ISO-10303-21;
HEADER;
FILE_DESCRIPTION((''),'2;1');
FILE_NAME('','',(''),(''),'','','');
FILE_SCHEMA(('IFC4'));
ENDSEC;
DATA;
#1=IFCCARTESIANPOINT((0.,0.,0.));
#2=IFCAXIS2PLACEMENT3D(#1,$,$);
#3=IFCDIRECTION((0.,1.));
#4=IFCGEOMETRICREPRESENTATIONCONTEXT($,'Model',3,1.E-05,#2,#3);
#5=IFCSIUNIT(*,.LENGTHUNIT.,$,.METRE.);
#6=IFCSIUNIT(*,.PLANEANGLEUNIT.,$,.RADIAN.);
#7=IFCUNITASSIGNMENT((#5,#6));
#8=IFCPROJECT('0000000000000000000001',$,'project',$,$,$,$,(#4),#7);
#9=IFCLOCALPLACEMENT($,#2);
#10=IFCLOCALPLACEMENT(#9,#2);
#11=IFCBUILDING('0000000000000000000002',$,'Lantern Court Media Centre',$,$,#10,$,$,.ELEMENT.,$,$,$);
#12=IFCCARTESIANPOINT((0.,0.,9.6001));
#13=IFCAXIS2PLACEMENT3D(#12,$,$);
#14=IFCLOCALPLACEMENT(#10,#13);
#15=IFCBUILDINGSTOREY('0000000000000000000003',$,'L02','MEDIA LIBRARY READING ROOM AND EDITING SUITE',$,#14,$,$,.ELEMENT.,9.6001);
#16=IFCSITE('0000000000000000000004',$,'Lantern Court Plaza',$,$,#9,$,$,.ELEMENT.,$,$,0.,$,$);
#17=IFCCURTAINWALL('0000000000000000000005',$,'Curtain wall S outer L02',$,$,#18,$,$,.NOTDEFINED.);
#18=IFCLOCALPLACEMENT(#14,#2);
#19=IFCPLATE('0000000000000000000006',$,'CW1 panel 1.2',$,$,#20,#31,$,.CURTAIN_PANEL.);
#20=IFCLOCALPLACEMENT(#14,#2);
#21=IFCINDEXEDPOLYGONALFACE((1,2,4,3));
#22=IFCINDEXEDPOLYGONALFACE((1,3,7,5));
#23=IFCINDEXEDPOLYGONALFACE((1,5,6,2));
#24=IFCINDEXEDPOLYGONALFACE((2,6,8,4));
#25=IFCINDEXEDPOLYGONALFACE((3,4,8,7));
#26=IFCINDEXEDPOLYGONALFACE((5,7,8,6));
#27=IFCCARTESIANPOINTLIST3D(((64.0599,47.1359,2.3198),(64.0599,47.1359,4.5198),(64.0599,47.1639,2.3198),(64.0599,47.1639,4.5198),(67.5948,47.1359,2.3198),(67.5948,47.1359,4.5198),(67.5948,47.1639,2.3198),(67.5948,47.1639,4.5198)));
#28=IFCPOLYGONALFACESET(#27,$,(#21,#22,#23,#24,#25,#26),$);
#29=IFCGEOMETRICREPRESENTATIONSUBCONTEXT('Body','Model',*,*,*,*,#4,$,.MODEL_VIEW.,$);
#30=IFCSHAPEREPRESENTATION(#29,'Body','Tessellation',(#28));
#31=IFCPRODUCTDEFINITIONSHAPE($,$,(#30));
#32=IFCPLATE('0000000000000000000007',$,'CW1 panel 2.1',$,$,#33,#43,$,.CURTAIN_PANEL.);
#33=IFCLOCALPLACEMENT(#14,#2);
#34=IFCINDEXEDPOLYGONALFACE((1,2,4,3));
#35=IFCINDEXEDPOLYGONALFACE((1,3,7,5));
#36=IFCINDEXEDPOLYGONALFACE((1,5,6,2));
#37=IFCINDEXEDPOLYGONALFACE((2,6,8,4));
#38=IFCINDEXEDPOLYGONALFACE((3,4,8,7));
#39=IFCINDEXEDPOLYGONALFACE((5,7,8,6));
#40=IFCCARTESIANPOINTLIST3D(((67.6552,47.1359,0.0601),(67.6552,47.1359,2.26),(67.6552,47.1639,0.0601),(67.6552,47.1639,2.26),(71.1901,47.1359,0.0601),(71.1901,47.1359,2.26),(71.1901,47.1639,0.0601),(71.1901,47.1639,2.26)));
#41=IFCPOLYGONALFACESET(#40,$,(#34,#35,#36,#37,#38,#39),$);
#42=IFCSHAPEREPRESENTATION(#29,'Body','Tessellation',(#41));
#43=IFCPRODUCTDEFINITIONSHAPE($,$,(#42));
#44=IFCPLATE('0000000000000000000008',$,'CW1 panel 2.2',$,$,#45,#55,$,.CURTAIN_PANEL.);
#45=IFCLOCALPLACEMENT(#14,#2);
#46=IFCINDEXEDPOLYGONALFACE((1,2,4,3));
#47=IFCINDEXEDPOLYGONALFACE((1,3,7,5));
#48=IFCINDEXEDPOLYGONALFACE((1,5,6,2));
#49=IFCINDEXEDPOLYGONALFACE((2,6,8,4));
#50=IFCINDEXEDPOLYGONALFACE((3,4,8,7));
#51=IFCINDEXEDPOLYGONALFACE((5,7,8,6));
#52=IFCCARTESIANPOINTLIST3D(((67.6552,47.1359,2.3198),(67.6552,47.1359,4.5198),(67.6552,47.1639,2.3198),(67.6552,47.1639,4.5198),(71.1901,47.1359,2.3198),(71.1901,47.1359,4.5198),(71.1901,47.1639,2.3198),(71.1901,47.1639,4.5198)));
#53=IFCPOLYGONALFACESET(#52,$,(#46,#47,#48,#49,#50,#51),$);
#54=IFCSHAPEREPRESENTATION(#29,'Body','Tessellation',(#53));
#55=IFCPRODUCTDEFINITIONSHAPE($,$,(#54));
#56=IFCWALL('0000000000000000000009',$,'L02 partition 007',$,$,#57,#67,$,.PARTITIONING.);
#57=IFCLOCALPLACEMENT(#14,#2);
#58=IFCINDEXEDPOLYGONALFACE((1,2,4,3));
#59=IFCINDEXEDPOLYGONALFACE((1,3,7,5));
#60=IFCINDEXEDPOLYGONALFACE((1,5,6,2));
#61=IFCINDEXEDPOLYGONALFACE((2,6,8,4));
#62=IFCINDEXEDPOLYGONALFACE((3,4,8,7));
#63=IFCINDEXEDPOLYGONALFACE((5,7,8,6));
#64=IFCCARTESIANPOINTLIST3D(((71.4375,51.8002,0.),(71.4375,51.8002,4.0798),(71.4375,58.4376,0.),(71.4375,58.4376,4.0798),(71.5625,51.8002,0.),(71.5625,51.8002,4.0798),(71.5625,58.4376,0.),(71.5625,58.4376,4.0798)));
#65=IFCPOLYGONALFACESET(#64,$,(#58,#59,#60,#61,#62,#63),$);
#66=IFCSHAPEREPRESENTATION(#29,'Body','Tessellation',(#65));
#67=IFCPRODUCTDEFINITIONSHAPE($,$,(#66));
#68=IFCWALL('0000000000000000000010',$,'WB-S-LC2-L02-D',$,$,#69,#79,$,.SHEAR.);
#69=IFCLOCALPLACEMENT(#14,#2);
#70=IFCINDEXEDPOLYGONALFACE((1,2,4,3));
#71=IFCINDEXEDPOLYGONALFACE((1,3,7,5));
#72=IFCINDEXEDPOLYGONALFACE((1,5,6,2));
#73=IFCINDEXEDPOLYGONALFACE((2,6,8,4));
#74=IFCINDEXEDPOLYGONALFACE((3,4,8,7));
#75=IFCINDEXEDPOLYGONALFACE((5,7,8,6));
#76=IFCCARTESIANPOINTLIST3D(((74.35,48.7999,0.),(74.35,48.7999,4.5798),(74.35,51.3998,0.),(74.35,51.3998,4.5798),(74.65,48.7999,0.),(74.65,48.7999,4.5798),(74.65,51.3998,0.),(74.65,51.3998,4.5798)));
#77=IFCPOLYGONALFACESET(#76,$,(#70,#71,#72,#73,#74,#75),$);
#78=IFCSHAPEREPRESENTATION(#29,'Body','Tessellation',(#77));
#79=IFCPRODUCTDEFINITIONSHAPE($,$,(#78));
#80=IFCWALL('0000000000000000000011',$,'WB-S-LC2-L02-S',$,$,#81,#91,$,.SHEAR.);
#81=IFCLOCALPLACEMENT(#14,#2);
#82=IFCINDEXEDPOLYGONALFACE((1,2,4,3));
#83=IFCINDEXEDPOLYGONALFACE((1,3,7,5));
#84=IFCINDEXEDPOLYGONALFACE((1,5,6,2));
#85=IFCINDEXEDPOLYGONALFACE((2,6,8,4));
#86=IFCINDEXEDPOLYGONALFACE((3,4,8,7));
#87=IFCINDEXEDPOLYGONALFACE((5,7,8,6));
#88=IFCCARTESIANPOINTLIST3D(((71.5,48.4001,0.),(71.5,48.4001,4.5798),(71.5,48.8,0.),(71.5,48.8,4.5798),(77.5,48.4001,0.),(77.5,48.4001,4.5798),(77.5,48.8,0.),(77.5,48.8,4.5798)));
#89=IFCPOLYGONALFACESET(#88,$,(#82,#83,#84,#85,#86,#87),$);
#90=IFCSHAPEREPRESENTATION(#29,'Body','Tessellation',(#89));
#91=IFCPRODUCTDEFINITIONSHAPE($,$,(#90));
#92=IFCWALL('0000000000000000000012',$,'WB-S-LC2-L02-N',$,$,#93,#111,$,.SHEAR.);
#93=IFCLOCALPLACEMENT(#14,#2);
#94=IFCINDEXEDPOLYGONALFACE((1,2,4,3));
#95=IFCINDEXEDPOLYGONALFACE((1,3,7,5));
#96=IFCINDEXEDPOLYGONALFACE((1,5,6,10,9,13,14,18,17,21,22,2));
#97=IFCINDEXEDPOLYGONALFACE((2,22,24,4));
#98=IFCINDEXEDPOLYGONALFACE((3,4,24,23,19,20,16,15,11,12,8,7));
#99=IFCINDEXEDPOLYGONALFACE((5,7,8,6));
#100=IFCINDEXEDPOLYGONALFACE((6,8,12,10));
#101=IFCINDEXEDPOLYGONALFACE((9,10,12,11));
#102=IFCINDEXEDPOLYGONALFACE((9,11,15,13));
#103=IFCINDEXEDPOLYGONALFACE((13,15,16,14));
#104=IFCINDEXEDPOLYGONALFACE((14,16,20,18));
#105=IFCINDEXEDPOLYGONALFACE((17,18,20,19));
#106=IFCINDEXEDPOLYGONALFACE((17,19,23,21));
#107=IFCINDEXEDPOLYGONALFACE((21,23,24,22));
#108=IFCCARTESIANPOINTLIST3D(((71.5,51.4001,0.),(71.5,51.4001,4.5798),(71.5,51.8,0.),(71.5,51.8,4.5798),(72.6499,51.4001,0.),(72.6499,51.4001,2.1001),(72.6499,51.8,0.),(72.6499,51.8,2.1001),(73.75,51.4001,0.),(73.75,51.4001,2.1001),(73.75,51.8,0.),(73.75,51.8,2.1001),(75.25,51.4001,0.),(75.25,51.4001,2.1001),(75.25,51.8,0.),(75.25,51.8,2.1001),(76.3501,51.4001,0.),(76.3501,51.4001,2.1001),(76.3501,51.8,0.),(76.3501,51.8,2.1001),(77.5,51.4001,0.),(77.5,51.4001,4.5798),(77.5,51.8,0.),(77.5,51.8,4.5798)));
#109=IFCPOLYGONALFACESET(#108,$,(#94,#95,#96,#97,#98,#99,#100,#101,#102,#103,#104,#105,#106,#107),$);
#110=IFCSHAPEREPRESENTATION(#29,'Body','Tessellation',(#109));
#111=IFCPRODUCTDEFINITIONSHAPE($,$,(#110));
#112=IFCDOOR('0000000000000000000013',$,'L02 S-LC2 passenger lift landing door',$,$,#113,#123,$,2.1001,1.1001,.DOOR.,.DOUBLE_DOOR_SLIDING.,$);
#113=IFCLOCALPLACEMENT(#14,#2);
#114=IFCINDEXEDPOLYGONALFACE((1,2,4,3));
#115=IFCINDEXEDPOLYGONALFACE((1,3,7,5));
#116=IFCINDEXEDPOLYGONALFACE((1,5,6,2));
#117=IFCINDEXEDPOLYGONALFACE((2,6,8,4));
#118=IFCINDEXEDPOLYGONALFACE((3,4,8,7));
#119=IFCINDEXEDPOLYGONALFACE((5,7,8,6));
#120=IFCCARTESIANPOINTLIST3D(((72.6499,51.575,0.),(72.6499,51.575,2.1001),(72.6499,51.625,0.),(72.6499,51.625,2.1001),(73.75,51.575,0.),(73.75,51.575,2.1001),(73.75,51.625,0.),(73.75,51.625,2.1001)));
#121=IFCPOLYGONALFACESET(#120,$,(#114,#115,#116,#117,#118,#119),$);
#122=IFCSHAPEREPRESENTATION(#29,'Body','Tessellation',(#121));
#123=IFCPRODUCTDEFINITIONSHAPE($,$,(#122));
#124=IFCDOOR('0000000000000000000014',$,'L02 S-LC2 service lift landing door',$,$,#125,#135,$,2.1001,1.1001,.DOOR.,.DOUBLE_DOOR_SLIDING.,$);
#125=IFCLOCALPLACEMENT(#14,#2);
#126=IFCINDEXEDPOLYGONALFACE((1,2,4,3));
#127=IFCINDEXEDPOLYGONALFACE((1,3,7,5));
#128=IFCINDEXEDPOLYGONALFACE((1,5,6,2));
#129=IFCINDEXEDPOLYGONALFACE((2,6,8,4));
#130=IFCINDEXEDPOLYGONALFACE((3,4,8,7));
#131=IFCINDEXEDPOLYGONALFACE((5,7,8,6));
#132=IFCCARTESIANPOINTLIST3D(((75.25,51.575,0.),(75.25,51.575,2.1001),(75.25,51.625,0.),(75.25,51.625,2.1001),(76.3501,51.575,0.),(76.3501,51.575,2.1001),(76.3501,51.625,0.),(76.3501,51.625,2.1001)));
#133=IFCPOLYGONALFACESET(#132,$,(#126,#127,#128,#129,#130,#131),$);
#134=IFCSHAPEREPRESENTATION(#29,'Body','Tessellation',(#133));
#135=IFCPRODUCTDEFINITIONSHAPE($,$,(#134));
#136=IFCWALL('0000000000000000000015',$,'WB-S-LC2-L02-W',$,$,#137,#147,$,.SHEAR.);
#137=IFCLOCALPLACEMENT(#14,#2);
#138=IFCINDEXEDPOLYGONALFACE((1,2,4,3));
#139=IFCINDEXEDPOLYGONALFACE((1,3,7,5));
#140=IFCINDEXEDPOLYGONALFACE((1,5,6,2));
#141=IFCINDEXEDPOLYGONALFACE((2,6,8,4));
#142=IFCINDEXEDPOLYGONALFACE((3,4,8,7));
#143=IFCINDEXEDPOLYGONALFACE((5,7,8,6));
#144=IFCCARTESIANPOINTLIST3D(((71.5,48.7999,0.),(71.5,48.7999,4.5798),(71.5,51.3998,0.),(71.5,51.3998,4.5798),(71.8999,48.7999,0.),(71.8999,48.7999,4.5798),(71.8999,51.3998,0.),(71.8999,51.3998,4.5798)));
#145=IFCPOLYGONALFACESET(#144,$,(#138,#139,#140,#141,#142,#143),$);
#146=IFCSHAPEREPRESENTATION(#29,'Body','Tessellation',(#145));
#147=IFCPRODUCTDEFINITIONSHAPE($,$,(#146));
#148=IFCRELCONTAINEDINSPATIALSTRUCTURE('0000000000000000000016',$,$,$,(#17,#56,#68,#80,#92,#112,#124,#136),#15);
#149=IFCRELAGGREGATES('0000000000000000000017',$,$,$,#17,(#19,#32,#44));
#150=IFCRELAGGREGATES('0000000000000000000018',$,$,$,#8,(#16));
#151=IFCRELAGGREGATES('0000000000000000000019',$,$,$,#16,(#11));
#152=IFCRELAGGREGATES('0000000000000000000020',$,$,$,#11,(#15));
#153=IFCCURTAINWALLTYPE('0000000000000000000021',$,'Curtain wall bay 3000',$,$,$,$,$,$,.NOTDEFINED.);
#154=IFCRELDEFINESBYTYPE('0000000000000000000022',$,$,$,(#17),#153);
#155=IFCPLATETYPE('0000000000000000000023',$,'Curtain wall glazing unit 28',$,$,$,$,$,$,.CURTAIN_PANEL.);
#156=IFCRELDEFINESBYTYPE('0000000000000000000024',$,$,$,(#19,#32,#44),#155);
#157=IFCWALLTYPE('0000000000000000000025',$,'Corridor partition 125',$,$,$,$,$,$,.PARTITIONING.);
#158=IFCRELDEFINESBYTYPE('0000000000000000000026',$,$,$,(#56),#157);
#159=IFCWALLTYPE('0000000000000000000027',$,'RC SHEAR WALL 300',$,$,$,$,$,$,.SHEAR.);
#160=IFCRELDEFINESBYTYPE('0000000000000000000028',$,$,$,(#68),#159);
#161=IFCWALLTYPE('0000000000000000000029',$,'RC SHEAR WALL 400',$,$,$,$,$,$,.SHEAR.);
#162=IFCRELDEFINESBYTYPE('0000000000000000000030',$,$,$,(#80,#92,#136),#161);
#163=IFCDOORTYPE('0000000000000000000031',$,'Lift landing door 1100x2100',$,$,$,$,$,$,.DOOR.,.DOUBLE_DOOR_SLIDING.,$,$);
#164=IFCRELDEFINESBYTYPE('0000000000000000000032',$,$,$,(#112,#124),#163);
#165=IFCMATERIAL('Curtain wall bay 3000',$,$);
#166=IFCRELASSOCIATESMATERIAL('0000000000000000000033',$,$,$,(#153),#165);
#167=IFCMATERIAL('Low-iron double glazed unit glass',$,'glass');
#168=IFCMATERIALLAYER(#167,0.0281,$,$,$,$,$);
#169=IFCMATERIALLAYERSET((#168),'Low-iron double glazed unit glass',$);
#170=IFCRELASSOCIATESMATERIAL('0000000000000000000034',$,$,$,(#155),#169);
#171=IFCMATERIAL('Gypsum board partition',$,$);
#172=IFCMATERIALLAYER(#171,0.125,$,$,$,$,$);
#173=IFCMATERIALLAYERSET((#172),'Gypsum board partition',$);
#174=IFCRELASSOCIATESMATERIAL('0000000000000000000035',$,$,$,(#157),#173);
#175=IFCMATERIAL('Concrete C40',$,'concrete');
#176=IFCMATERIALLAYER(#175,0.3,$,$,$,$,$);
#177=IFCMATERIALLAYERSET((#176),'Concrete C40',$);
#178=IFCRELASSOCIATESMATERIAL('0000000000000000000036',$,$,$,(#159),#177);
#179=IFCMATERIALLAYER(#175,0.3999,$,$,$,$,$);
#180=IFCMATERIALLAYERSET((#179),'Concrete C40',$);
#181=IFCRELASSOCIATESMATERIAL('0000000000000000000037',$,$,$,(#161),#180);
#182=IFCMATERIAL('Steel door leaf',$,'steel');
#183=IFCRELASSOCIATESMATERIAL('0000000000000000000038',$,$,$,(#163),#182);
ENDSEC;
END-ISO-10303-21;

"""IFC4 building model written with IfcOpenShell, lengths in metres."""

from ifc_helpers import new_model, si_unit, direction, frame, frame_2d, origin, origin_2d, place, context, subcontext, project, spatial, rectangle, extrude, material, layer, layer_set, type_object, element, fill, aggregate, save


model = new_model("IFC4")

# Units and contexts
model_context = context("Model", 3, precision=1e-05, world=origin(), true_north=direction((0.0, 1.0)))
body_context = subcontext(model_context, "Body", "Model", "MODEL_VIEW")
ifc_project = project(units=[si_unit("LENGTHUNIT", "METRE"), si_unit("PLANEANGLEUNIT", "RADIAN")], contexts=[model_context])

# Site, building, storey
site_placement = place(None, origin())
site = spatial("IfcSite", under=ifc_project, at=site_placement, Name="Lantern Court Plaza", CompositionType="ELEMENT", RefElevation=0.0)
building_placement = place(site_placement, origin())
building = spatial("IfcBuilding", under=site, at=building_placement, Name="Lantern Court Media Centre", CompositionType="ELEMENT")
storey_placement = place(building_placement, frame((0.0, 0.0, 9.6001)))
storey = spatial("IfcBuildingStorey", under=building, at=storey_placement, Name="L02", Description="MEDIA LIBRARY READING ROOM AND EDITING SUITE", CompositionType="ELEMENT", Elevation=9.6001)

# Curtain wall
ifc_material_1 = material(Name="Curtain wall bay 3000")
curtain_wall_type = type_object("IfcCurtainWallType", Name="Curtain wall bay 3000", PredefinedType="NOTDEFINED", material=ifc_material_1)
curtain_wall_placement = place(storey_placement, origin())
curtain_wall = element("IfcCurtainWall", 1, at=curtain_wall_placement, inside=storey, type_object=curtain_wall_type, Name="Curtain wall S outer L02", PredefinedType="NOTDEFINED")

# Plates
ifc_material_2 = material(Name="Low-iron double glazed unit glass", Category="glass")
ifc_layer_1 = layer(ifc_material_2, 0.0281)
ifc_layer_set_1 = layer_set([ifc_layer_1], Name="Low-iron double glazed unit glass")
plate_type = type_object("IfcPlateType", Name="Curtain wall glazing unit 28", PredefinedType="CURTAIN_PANEL", material=ifc_layer_set_1)
plate_1_placement = place(storey_placement, frame((65.8274, 47.1499, 2.3198), z_axis=(0.0, 0.0, 1.0), x_axis=(1.0, 0.0, 0.0)))
plate_1 = element("IfcPlate", 2, at=plate_1_placement, type_object=plate_type, Name="CW1 panel 1.2", PredefinedType="CURTAIN_PANEL", context=body_context, shape_type="SweptSolid", body=[
    extrude(rectangle(XDim=3.5349, YDim=0.0281, at=origin_2d()), origin(), (0.0, 0.0, 1.0), 2.2),
])
plate_2_placement = place(storey_placement, frame((69.4226, 47.1499, 0.0601), z_axis=(0.0, 0.0, 1.0), x_axis=(1.0, 0.0, 0.0)))
plate_2 = element("IfcPlate", 3, at=plate_2_placement, type_object=plate_type, Name="CW1 panel 2.1", PredefinedType="CURTAIN_PANEL", context=body_context, shape_type="SweptSolid", body=[
    extrude(rectangle(XDim=3.5349, YDim=0.0281, at=origin_2d()), origin(), (0.0, 0.0, 1.0), 2.2),
])
plate_3_placement = place(storey_placement, frame((69.4226, 47.1499, 2.3198), z_axis=(0.0, 0.0, 1.0), x_axis=(1.0, 0.0, 0.0)))
plate_3 = element("IfcPlate", 4, at=plate_3_placement, type_object=plate_type, Name="CW1 panel 2.2", PredefinedType="CURTAIN_PANEL", context=body_context, shape_type="SweptSolid", body=[
    extrude(rectangle(XDim=3.5349, YDim=0.0281, at=origin_2d()), origin(), (0.0, 0.0, 1.0), 2.2),
])
aggregate(curtain_wall, [plate_1, plate_2, plate_3])

# Walls
ifc_material_3 = material(Name="Gypsum board partition")
ifc_layer_2 = layer(ifc_material_3, 0.125)
ifc_layer_set_2 = layer_set([ifc_layer_2], Name="Gypsum board partition")
wall_type_1 = type_object("IfcWallType", Name="Corridor partition 125", PredefinedType="PARTITIONING", material=ifc_layer_set_2)
wall_1_placement = place(storey_placement, frame((71.5, 51.8, 0.0), z_axis=(0.0, 0.0, 1.0), x_axis=(0.0, 1.0, 0.0)))
element("IfcWall", 5, at=wall_1_placement, inside=storey, type_object=wall_type_1, Name="L02 partition 007", PredefinedType="PARTITIONING", context=body_context, shape_type="SweptSolid", body=[
    extrude(rectangle(XDim=6.6375, YDim=0.125, at=frame_2d((3.3188, 0.0))), origin(), (0.0, 0.0, 1.0), 4.0798),
])
ifc_material_4 = material(Name="Concrete C40", Category="concrete")
ifc_layer_3 = layer(ifc_material_4, 0.3)
ifc_layer_set_3 = layer_set([ifc_layer_3], Name="Concrete C40")
wall_type_2 = type_object("IfcWallType", Name="RC SHEAR WALL 300", PredefinedType="SHEAR", material=ifc_layer_set_3)
wall_2_placement = place(storey_placement, frame((74.5, 48.8, 0.0), z_axis=(0.0, 0.0, 1.0), x_axis=(0.0, 1.0, 0.0)))
element("IfcWall", 6, at=wall_2_placement, inside=storey, type_object=wall_type_2, Name="WB-S-LC2-L02-D", PredefinedType="SHEAR", context=body_context, shape_type="SweptSolid", body=[
    extrude(rectangle(XDim=2.5999, YDim=0.3, at=frame_2d((1.2998, 0.0))), origin(), (0.0, 0.0, 1.0), 4.5798),
])
ifc_layer_4 = layer(ifc_material_4, 0.3999)
ifc_layer_set_4 = layer_set([ifc_layer_4], Name="Concrete C40")
wall_type_3 = type_object("IfcWallType", Name="RC SHEAR WALL 400", PredefinedType="SHEAR", material=ifc_layer_set_4)
wall_3_placement = place(storey_placement, frame((71.5, 48.6001, 0.0), z_axis=(0.0, 0.0, 1.0), x_axis=(1.0, 0.0, 0.0)))
element("IfcWall", 7, at=wall_3_placement, inside=storey, type_object=wall_type_3, Name="WB-S-LC2-L02-S", PredefinedType="SHEAR", context=body_context, shape_type="SweptSolid", body=[
    extrude(rectangle(XDim=6.0, YDim=0.3999, at=frame_2d((3.0, 0.0))), origin(), (0.0, 0.0, 1.0), 4.5798),
])

# Wall, openings, doors
wall_4_placement = place(storey_placement, frame((71.5, 51.6001, 0.0), z_axis=(0.0, 0.0, 1.0), x_axis=(1.0, 0.0, 0.0)))
wall_4 = element("IfcWall", 8, at=wall_4_placement, inside=storey, type_object=wall_type_3, Name="WB-S-LC2-L02-N", PredefinedType="SHEAR", context=body_context, shape_type="SweptSolid", body=[
    extrude(rectangle(XDim=6.0, YDim=0.3999, at=frame_2d((3.0, 0.0))), origin(), (0.0, 0.0, 1.0), 4.5798),
])
opening_1_placement = place(wall_4_placement, frame((1.1499, 0.0, 0.0)))
opening_1 = element("IfcOpeningElement", 9, at=opening_1_placement, cuts=wall_4, PredefinedType="OPENING", context=body_context, shape_type="SweptSolid", body=[
    extrude(rectangle(XDim=1.1001, YDim=2.1001, at=frame_2d((0.55, 1.05))), frame((0.0, 0.21, 0.0), z_axis=(0.0, -1.0, 0.0), x_axis=(1.0, 0.0, 0.0)), (0.0, 0.0, 1.0), 0.4199),
])
opening_2_placement = place(wall_4_placement, frame((3.75, 0.0, 0.0)))
opening_2 = element("IfcOpeningElement", 10, at=opening_2_placement, cuts=wall_4, PredefinedType="OPENING", context=body_context, shape_type="SweptSolid", body=[
    extrude(rectangle(XDim=1.1001, YDim=2.1001, at=frame_2d((0.55, 1.05))), frame((0.0, 0.21, 0.0), z_axis=(0.0, -1.0, 0.0), x_axis=(1.0, 0.0, 0.0)), (0.0, 0.0, 1.0), 0.4199),
])
ifc_material_5 = material(Name="Steel door leaf", Category="steel")
door_type = type_object("IfcDoorType", Name="Lift landing door 1100x2100", OperationType="DOUBLE_DOOR_SLIDING", PredefinedType="DOOR", material=ifc_material_5)
door_1_placement = place(opening_1_placement, origin())
door_1 = element("IfcDoor", 11, at=door_1_placement, inside=storey, type_object=door_type, Name="L02 S-LC2 passenger lift landing door", OperationType="DOUBLE_DOOR_SLIDING", OverallHeight=2.1001, OverallWidth=1.1001, PredefinedType="DOOR", context=body_context, shape_type="SweptSolid", body=[
    extrude(rectangle(XDim=1.1001, YDim=2.1001, at=frame_2d((0.55, 1.05))), frame((0.0, 0.0249, 0.0), z_axis=(0.0, -1.0, 0.0), x_axis=(1.0, 0.0, 0.0)), (0.0, 0.0, 1.0), 0.05),
])
fill(opening_1, door_1)
door_2_placement = place(opening_2_placement, origin())
door_2 = element("IfcDoor", 12, at=door_2_placement, inside=storey, type_object=door_type, Name="L02 S-LC2 service lift landing door", OperationType="DOUBLE_DOOR_SLIDING", OverallHeight=2.1001, OverallWidth=1.1001, PredefinedType="DOOR", context=body_context, shape_type="SweptSolid", body=[
    extrude(rectangle(XDim=1.1001, YDim=2.1001, at=frame_2d((0.55, 1.05))), frame((0.0, 0.0249, 0.0), z_axis=(0.0, -1.0, 0.0), x_axis=(1.0, 0.0, 0.0)), (0.0, 0.0, 1.0), 0.05),
])
fill(opening_2, door_2)

# Wall
wall_5_placement = place(storey_placement, frame((71.7, 48.8, 0.0), z_axis=(0.0, 0.0, 1.0), x_axis=(0.0, 1.0, 0.0)))
element("IfcWall", 13, at=wall_5_placement, inside=storey, type_object=wall_type_3, Name="WB-S-LC2-L02-W", PredefinedType="SHEAR", context=body_context, shape_type="SweptSolid", body=[
    extrude(rectangle(XDim=2.5999, YDim=0.3999, at=frame_2d((1.2998, 0.0))), origin(), (0.0, 0.0, 1.0), 4.5798),
])

save(model, "model.ifc")
